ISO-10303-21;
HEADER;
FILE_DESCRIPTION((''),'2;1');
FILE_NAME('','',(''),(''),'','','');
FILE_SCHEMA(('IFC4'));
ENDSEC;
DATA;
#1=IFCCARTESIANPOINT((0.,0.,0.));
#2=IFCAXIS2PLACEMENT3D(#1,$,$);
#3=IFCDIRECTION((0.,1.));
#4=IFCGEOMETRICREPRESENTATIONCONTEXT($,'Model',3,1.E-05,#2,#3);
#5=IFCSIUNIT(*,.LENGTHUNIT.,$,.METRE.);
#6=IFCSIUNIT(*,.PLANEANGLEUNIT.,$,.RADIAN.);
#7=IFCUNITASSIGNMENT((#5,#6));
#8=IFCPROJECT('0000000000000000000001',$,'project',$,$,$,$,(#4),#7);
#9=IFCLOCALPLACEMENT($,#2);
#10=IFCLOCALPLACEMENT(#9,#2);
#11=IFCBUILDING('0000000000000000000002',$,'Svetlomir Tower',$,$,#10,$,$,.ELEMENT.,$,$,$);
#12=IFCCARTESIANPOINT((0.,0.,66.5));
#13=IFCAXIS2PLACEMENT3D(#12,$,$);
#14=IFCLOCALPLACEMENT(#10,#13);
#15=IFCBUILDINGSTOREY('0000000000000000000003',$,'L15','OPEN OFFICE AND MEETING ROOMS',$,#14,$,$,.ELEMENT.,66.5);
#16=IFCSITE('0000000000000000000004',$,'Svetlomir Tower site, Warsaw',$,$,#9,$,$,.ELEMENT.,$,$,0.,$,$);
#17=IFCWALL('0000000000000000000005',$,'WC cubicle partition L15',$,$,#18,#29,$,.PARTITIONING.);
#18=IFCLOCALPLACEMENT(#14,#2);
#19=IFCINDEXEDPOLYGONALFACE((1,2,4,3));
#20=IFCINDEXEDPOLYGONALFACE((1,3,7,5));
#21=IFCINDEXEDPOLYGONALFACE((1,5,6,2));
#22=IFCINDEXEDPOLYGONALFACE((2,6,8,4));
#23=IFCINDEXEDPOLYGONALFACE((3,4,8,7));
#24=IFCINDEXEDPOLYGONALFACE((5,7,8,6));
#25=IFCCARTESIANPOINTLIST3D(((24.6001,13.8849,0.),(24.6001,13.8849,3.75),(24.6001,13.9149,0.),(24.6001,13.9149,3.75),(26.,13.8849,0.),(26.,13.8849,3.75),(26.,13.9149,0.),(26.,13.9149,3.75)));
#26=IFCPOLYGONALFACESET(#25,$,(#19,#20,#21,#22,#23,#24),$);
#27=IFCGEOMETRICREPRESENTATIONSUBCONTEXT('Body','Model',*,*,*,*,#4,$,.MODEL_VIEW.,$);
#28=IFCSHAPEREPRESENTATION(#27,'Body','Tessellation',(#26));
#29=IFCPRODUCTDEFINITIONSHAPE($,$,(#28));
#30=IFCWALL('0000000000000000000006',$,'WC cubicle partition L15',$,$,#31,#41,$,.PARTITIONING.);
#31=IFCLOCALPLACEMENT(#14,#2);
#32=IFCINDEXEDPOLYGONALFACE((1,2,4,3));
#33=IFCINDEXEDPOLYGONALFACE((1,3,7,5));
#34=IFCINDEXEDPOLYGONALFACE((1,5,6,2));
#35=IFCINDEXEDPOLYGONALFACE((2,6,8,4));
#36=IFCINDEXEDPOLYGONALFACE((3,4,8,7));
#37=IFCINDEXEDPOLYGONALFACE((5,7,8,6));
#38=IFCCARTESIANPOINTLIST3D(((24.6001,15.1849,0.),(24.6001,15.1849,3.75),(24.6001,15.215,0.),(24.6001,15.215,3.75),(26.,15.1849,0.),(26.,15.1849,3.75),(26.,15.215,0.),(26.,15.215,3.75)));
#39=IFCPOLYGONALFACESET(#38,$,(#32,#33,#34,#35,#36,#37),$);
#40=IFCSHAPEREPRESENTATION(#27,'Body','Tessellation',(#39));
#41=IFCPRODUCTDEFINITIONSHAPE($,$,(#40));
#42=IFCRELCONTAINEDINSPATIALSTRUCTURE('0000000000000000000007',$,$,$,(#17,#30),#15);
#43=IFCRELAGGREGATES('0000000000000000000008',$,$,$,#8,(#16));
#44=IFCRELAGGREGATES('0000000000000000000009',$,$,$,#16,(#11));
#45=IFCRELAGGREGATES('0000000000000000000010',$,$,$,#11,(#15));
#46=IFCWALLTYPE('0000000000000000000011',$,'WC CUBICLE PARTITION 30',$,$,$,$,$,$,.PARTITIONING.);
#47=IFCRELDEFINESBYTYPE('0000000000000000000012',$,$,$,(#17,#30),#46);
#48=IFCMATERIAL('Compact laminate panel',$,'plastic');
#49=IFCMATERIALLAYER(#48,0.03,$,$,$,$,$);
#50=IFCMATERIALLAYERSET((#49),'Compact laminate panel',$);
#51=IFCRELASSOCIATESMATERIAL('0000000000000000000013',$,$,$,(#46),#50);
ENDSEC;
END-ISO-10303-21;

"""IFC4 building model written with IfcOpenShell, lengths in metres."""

from ifc_helpers import new_model, si_unit, direction, frame, frame_2d, origin, place, context, subcontext, project, spatial, rectangle, extrude, material, layer, layer_set, type_object, element, save


model = new_model("IFC4")

# Units and contexts
model_context = context("Model", 3, precision=1e-05, world=origin(), true_north=direction((0.0, 1.0)))
body_context = subcontext(model_context, "Body", "Model", "MODEL_VIEW")
ifc_project = project(units=[si_unit("LENGTHUNIT", "METRE"), si_unit("PLANEANGLEUNIT", "RADIAN")], contexts=[model_context])

# Site, building, storey
site_placement = place(None, origin())
site = spatial("IfcSite", under=ifc_project, at=site_placement, Name="Svetlomir Tower site, Warsaw", CompositionType="ELEMENT", RefElevation=0.0)
building_placement = place(site_placement, origin())
building = spatial("IfcBuilding", under=site, at=building_placement, Name="Svetlomir Tower", CompositionType="ELEMENT")
storey_placement = place(building_placement, frame((0.0, 0.0, 66.5)))
storey = spatial("IfcBuildingStorey", under=building, at=storey_placement, Name="L15", Description="OPEN OFFICE AND MEETING ROOMS", CompositionType="ELEMENT", Elevation=66.5)

# Walls
ifc_material_1 = material(Name="Compact laminate panel", Category="plastic")
ifc_layer_1 = layer(ifc_material_1, 0.03)
ifc_layer_set_1 = layer_set([ifc_layer_1], Name="Compact laminate panel")
wall_type_1 = type_object("IfcWallType", Name="WC CUBICLE PARTITION 30", PredefinedType="PARTITIONING", material=ifc_layer_set_1)
for number, where, z_axis, x_axis, name in (
    (1, (24.6001, 13.8999, 0.0), (0.0, 0.0, 1.0), (1.0, 0.0, 0.0), "WC cubicle partition L15"),
    (2, (24.6001, 15.2, 0.0), (0.0, 0.0, 1.0), (1.0, 0.0, 0.0), "WC cubicle partition L15"),
):
    element("IfcWall", number, at=place(storey_placement, frame(where, z_axis=z_axis, x_axis=x_axis)), inside=storey, type_object=wall_type_1, Name=name, PredefinedType="PARTITIONING", context=body_context, shape_type="SweptSolid", body=[
        extrude(rectangle(XDim=1.3999, YDim=0.03, at=frame_2d((0.7, 0.0))), origin(), (0.0, 0.0, 1.0), 3.75),
    ])

save(model, "model.ifc")
